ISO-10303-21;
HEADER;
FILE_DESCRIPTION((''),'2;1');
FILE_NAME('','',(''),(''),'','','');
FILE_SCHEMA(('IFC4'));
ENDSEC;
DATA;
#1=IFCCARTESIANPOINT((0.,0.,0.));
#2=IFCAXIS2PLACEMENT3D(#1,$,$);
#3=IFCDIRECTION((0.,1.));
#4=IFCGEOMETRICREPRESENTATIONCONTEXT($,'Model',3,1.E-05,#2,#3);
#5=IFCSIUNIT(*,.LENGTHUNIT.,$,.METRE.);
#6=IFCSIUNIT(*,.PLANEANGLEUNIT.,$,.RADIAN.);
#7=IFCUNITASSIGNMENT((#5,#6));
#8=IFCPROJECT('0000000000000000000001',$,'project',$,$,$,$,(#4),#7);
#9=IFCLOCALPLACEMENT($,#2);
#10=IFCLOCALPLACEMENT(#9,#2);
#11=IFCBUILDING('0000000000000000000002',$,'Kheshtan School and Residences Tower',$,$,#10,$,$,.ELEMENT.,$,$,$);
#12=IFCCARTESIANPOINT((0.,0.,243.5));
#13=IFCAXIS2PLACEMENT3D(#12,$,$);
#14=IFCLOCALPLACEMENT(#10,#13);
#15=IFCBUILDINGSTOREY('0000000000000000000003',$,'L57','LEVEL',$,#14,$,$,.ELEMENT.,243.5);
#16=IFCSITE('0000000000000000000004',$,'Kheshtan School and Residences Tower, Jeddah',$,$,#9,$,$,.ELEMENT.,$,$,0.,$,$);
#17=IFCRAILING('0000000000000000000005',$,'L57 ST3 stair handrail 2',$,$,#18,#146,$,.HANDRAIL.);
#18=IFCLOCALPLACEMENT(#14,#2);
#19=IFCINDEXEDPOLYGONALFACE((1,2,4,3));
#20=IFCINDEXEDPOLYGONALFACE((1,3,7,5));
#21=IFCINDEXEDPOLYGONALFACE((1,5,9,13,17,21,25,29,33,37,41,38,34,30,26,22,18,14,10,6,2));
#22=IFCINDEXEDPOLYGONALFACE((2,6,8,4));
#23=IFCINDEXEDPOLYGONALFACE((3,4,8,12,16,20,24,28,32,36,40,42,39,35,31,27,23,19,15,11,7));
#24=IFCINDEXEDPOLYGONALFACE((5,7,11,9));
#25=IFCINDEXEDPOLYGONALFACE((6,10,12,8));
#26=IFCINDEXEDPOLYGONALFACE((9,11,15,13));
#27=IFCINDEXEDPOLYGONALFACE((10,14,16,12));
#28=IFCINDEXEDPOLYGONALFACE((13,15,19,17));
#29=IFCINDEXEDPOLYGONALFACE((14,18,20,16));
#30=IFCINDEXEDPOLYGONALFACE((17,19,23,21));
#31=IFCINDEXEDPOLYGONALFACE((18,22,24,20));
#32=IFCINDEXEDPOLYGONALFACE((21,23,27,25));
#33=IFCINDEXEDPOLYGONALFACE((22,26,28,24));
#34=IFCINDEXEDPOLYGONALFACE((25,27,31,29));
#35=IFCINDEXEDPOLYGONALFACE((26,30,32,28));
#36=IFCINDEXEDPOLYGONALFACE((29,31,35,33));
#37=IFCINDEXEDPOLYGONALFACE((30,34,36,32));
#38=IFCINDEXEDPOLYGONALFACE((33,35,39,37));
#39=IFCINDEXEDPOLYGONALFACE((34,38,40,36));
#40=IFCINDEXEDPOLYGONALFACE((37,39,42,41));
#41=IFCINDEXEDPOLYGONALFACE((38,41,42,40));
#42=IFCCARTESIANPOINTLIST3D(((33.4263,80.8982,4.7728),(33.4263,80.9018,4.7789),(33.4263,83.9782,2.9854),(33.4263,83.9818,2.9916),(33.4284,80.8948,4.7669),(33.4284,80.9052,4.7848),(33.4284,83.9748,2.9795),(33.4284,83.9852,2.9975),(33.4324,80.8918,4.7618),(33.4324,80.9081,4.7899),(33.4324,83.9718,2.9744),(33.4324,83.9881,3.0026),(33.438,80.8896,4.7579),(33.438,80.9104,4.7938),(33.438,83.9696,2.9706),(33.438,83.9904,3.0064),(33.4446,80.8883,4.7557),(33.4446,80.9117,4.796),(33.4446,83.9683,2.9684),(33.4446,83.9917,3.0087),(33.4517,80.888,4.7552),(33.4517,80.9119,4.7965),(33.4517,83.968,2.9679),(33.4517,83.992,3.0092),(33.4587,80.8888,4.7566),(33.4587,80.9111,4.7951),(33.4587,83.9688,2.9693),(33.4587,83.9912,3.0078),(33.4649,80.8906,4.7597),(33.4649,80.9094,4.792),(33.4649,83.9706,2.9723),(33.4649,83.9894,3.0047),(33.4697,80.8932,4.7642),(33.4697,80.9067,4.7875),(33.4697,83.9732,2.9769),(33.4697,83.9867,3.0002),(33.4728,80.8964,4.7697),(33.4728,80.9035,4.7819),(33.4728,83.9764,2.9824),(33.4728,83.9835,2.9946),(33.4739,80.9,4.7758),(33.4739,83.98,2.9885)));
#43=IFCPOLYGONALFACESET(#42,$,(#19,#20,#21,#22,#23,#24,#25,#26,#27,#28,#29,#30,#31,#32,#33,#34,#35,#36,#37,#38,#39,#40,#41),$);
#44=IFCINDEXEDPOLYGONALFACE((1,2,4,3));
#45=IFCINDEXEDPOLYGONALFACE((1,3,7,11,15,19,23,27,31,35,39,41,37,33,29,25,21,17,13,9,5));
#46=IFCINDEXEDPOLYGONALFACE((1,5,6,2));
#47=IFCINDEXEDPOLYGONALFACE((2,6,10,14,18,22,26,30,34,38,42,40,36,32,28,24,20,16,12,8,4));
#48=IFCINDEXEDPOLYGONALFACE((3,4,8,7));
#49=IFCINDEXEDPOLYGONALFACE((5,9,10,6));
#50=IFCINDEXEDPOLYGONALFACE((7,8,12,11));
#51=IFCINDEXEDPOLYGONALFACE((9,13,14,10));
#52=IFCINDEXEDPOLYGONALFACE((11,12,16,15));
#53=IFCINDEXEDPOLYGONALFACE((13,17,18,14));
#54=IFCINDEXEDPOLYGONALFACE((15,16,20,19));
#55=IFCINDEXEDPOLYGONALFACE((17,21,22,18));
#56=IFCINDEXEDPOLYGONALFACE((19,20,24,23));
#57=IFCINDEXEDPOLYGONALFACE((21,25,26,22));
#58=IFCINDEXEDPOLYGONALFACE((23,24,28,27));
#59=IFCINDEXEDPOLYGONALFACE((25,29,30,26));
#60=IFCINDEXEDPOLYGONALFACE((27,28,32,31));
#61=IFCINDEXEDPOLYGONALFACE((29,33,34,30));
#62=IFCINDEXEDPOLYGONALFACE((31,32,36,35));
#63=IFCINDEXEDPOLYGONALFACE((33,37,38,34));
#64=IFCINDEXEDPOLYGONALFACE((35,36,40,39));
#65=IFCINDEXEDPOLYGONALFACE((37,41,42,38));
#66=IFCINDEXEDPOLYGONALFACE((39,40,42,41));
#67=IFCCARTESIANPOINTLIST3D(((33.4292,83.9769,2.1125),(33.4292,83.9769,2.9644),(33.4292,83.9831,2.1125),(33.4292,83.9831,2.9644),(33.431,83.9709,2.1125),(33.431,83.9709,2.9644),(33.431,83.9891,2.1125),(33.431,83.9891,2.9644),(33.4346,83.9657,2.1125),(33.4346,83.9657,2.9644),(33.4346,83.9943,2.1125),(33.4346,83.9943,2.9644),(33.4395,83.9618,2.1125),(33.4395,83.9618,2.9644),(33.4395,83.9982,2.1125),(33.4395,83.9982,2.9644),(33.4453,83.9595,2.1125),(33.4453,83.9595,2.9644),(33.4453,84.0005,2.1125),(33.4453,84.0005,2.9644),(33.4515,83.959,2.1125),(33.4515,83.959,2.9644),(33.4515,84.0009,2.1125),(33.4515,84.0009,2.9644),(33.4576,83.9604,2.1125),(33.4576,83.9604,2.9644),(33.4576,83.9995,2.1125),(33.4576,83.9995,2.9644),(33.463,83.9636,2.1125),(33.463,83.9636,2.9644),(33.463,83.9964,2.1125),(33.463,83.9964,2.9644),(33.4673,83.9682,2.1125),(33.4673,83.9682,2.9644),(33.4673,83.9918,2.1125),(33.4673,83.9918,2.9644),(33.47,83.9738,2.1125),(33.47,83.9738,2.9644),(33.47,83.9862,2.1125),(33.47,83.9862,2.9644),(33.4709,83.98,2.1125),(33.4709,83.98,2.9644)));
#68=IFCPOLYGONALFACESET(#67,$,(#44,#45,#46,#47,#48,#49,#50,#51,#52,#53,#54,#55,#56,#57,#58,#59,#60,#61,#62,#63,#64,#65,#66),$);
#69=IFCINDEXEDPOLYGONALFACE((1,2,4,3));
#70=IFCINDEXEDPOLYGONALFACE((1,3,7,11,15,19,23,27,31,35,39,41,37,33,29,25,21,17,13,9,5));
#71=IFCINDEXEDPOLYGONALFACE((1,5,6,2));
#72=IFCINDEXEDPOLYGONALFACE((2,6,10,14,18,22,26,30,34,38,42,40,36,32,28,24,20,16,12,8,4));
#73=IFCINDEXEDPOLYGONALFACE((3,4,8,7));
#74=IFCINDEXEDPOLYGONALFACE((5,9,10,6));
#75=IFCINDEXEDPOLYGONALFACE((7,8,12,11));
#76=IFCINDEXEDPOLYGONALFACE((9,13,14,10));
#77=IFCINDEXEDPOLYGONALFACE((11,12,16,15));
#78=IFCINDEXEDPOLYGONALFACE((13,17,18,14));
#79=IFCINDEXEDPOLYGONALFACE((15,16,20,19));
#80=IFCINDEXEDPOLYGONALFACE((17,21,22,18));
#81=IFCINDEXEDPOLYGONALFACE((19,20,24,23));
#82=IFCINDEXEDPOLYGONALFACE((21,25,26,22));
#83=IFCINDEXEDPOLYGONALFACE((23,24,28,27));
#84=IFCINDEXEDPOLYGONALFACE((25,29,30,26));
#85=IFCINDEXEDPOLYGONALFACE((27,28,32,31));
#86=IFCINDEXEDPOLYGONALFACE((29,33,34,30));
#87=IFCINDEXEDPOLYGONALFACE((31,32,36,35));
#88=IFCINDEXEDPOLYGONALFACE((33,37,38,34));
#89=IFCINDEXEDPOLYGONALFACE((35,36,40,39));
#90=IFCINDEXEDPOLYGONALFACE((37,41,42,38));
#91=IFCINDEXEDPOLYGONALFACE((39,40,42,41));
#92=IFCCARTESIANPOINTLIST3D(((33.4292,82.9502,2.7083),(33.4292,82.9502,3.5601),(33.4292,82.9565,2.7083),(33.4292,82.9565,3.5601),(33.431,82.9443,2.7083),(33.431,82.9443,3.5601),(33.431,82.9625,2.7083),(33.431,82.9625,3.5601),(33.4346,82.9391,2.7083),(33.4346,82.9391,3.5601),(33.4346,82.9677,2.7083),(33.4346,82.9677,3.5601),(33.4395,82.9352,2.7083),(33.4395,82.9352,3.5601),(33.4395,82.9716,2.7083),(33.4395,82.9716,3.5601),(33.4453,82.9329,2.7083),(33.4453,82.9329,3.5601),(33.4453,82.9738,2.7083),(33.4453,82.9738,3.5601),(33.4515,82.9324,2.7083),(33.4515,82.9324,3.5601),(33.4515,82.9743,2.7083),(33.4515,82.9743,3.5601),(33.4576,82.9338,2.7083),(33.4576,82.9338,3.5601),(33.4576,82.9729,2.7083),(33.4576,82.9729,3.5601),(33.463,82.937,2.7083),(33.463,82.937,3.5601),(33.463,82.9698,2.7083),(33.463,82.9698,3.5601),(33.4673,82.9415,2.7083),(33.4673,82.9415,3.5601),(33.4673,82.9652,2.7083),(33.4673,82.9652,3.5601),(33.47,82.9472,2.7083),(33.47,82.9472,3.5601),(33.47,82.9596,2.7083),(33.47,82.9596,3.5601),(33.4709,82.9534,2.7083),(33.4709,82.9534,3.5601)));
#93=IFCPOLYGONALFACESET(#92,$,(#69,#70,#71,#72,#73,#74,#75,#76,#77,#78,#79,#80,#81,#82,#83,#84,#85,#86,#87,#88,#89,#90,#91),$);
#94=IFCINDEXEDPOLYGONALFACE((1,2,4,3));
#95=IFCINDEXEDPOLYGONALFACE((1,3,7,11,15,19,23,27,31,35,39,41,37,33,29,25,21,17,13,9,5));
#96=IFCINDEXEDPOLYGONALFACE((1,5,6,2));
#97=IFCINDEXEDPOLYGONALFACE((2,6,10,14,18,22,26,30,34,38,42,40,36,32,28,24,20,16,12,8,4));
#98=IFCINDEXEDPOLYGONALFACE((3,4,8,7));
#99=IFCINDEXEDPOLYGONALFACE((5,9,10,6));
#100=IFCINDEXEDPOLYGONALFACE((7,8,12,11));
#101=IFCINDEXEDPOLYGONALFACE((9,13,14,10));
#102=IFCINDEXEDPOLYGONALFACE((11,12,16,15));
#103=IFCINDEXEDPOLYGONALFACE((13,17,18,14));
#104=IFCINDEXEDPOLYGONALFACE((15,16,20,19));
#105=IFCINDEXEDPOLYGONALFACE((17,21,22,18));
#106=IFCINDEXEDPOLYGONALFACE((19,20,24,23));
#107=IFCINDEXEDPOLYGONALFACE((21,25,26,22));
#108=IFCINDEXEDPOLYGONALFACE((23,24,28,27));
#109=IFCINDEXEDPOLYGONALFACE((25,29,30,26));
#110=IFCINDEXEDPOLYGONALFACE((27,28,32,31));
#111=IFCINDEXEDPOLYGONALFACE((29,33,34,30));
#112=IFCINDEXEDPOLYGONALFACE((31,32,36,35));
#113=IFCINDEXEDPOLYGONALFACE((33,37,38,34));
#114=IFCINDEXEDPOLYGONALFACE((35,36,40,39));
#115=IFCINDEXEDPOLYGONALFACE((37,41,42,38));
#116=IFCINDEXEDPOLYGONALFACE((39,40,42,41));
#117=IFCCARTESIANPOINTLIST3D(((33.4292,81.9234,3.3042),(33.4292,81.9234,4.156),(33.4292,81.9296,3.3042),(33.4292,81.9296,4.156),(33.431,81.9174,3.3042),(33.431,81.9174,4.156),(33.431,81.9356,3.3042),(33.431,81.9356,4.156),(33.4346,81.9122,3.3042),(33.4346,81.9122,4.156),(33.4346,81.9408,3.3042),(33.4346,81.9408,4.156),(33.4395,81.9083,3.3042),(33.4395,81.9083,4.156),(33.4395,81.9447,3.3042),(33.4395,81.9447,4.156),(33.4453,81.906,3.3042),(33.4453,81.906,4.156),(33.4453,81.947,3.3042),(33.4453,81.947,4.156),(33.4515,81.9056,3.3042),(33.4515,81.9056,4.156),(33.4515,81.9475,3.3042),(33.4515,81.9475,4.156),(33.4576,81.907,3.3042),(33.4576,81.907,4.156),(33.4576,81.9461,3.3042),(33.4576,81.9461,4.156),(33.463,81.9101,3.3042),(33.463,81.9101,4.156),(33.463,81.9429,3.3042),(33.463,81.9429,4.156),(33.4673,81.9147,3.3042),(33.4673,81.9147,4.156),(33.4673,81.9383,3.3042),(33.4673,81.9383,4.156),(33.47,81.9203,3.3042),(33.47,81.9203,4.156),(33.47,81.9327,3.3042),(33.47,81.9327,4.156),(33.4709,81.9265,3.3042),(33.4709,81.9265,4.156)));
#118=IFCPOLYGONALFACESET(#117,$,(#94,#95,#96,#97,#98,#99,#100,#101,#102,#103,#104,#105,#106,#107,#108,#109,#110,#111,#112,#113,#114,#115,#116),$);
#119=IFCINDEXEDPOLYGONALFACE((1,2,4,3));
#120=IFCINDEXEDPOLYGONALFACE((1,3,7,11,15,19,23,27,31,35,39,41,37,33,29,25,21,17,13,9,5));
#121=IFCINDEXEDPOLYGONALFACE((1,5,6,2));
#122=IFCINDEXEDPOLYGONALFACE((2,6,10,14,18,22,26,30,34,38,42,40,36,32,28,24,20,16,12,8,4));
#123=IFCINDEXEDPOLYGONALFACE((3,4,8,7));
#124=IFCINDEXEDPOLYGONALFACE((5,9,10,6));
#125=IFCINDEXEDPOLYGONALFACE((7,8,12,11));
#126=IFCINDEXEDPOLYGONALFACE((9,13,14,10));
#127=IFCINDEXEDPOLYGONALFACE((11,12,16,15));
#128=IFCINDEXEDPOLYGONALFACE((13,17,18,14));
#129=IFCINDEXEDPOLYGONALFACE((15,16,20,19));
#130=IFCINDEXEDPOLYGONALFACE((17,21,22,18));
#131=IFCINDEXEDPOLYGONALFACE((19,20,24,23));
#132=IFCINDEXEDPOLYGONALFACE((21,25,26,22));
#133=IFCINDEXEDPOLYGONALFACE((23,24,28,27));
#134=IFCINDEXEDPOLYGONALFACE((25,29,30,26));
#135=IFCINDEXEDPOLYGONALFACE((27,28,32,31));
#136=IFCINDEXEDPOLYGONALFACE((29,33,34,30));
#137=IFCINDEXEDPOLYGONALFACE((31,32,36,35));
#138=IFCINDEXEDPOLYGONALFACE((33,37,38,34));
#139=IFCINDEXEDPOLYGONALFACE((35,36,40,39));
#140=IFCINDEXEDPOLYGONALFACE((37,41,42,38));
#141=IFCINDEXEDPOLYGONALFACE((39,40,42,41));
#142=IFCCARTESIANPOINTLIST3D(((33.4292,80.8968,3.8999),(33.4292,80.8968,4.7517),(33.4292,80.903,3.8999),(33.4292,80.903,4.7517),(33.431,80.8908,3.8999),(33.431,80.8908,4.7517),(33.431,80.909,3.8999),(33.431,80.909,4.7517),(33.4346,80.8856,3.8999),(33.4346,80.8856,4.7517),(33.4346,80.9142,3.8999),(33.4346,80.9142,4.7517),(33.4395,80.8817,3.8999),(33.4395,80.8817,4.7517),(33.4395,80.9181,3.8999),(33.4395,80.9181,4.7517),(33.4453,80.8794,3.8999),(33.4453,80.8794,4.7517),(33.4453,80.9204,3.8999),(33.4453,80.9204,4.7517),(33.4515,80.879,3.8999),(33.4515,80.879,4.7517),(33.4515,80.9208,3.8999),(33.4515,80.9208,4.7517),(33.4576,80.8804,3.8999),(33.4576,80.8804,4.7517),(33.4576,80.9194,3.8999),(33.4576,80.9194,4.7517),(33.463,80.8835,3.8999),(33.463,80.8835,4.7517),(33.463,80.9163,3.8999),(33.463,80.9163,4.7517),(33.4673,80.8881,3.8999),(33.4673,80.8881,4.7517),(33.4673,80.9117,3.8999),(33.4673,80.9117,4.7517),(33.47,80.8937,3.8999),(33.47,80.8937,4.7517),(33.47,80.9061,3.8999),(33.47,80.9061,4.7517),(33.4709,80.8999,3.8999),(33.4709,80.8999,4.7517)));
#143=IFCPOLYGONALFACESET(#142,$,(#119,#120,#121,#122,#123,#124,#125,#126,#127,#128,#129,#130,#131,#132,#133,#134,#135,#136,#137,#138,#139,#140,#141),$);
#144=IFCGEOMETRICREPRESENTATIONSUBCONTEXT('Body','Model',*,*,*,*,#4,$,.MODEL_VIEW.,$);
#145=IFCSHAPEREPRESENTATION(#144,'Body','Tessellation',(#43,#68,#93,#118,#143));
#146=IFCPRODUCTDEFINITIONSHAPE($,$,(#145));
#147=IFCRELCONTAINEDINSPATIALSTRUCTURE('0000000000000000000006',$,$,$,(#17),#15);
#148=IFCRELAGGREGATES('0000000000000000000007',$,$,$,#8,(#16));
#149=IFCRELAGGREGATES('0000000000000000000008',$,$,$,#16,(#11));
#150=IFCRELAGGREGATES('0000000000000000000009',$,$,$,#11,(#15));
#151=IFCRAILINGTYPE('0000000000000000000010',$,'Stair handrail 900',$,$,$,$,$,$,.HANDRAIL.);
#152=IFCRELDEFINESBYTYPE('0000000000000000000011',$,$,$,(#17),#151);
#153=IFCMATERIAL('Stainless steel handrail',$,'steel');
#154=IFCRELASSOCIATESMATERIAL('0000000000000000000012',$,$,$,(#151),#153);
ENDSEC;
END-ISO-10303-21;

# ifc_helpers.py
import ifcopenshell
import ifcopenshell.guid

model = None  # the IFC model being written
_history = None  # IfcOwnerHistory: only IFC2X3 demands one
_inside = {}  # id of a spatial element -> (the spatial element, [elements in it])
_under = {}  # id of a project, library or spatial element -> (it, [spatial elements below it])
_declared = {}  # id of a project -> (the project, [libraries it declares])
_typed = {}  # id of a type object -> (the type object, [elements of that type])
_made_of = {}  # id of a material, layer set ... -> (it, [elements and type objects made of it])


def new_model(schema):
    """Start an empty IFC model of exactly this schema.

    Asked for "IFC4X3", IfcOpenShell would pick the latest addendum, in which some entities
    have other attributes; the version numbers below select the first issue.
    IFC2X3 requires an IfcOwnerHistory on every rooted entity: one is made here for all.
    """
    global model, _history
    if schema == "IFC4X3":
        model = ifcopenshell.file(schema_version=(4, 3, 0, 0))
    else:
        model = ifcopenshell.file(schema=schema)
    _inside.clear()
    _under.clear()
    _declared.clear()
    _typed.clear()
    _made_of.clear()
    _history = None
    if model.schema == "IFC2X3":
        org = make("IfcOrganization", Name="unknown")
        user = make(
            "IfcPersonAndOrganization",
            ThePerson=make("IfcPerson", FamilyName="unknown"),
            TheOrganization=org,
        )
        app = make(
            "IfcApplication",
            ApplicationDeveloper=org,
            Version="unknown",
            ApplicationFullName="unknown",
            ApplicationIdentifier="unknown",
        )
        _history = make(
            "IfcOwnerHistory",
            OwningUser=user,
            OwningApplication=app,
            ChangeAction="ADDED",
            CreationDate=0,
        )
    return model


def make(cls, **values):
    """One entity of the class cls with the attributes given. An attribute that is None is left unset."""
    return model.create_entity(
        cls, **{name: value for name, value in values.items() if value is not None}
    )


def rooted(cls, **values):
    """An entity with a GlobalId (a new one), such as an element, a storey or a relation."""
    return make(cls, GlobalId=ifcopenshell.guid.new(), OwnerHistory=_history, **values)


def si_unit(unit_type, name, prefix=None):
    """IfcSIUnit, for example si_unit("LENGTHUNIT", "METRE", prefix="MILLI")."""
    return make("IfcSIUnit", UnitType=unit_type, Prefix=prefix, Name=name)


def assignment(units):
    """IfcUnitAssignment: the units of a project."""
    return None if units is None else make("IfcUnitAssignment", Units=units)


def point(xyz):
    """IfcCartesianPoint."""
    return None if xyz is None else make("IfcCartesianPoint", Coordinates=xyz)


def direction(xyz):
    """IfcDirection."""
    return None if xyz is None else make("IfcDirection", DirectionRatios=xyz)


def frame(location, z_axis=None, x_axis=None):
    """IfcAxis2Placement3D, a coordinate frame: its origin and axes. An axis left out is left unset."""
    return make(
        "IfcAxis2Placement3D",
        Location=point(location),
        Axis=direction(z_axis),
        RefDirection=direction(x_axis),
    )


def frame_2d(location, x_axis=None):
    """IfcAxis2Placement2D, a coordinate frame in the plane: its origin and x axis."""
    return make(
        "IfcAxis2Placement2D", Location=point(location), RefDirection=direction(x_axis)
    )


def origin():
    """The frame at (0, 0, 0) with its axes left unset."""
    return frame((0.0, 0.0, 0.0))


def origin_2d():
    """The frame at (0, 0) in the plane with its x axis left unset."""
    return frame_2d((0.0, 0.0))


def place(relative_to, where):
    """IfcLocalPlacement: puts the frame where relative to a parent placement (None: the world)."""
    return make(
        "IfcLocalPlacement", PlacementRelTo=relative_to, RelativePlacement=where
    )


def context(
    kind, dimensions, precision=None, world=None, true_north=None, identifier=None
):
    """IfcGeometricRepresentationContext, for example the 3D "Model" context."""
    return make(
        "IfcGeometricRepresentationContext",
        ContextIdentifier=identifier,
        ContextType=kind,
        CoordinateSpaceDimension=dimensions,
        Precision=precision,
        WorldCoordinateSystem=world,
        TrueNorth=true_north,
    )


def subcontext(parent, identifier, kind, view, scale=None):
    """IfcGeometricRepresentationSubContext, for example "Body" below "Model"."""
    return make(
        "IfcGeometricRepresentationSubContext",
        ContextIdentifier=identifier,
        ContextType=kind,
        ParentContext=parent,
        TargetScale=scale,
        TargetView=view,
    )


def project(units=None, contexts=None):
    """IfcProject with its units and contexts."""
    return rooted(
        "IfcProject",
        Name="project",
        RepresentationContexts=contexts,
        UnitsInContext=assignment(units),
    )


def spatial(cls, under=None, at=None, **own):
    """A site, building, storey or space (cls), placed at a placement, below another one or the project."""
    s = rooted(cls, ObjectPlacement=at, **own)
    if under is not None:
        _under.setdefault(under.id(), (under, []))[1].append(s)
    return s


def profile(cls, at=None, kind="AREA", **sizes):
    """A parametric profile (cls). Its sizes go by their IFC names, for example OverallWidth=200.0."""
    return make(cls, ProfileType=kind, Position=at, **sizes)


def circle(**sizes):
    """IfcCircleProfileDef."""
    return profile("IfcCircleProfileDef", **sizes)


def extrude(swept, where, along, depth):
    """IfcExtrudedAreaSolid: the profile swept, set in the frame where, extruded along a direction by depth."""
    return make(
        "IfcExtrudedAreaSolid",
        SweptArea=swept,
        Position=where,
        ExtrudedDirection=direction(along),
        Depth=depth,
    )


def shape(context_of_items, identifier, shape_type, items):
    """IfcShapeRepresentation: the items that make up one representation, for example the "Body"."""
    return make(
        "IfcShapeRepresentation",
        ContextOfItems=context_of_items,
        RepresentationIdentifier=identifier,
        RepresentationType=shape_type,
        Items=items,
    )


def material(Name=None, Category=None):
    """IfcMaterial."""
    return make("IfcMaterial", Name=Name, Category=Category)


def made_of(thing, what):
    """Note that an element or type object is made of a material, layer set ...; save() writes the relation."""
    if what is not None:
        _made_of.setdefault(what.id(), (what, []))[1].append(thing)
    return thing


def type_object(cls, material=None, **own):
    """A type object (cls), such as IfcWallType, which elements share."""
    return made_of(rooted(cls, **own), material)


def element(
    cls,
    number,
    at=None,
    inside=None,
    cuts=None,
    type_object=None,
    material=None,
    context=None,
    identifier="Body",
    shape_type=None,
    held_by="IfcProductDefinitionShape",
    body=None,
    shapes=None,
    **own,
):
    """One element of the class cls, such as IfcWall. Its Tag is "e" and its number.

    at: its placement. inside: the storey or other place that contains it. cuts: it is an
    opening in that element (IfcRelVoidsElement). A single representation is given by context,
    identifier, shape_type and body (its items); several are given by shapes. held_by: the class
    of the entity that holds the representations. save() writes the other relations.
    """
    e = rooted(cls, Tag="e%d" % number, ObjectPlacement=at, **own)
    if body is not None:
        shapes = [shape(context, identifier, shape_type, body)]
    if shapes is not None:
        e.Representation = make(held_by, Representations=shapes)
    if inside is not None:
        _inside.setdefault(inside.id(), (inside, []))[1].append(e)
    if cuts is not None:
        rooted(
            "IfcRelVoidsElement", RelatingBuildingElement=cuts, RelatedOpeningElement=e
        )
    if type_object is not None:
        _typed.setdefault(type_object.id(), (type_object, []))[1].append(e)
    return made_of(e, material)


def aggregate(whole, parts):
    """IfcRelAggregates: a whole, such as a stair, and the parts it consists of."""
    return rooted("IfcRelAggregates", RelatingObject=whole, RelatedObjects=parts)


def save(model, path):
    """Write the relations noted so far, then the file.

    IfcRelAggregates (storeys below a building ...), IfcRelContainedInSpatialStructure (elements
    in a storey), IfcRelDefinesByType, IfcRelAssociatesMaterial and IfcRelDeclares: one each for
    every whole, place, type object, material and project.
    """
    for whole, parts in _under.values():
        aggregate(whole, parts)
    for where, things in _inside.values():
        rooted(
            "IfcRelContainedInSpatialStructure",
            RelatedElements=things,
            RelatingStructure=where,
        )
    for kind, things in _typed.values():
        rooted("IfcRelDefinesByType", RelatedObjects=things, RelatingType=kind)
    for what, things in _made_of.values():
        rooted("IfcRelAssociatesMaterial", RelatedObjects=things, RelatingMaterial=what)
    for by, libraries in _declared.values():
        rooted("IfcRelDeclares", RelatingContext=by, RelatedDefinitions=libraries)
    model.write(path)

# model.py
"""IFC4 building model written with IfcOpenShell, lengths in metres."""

from ifc_helpers import new_model, si_unit, direction, frame, origin, origin_2d, place, context, subcontext, project, spatial, circle, extrude, material, type_object, element, save


model = new_model("IFC4")

# Units and contexts
model_context = context("Model", 3, precision=1e-05, world=origin(), true_north=direction((0.0, 1.0)))
body_context = subcontext(model_context, "Body", "Model", "MODEL_VIEW")
ifc_project = project(units=[si_unit("LENGTHUNIT", "METRE"), si_unit("PLANEANGLEUNIT", "RADIAN")], contexts=[model_context])

# Site, building, storey
site_placement = place(None, origin())
site = spatial("IfcSite", under=ifc_project, at=site_placement, Name="Kheshtan School and Residences Tower, Jeddah", CompositionType="ELEMENT", RefElevation=0.0)
building_placement = place(site_placement, origin())
building = spatial("IfcBuilding", under=site, at=building_placement, Name="Kheshtan School and Residences Tower", CompositionType="ELEMENT")
storey_placement = place(building_placement, frame((0.0, 0.0, 243.5)))
storey = spatial("IfcBuildingStorey", under=building, at=storey_placement, Name="L57", Description="LEVEL", CompositionType="ELEMENT", Elevation=243.5)

# Railing
ifc_material_1 = material(Name="Stainless steel handrail", Category="steel")
railing_type_1 = type_object("IfcRailingType", Name="Stair handrail 900", PredefinedType="HANDRAIL", material=ifc_material_1)
railing_1_placement = place(storey_placement, frame((33.45, 83.98, 2.1125)))
element("IfcRailing", 1, at=railing_1_placement, inside=storey, type_object=railing_type_1, Name="L57 ST3 stair handrail 2", PredefinedType="HANDRAIL", context=body_context, shape_type="SweptSolid", body=[
    extrude(circle(Radius=0.0239, at=origin_2d()), frame((0.0, 0.0, 0.876), z_axis=(0.0, -0.86492, 0.501909), x_axis=(1.0, 0.0, 0.0)), (0.0, 0.0, 1.0), 3.561),
    extrude(circle(Radius=0.021, at=origin_2d()), origin(), (0.0, 0.0, 1.0), 0.8518),
    extrude(circle(Radius=0.021, at=origin_2d()), frame((0.0, -1.0266, 0.5957)), (0.0, 0.0, 1.0), 0.8518),
    extrude(circle(Radius=0.021, at=origin_2d()), frame((0.0, -2.0535, 1.1917)), (0.0, 0.0, 1.0), 0.8518),
    extrude(circle(Radius=0.021, at=origin_2d()), frame((0.0, -3.0801, 1.7874)), (0.0, 0.0, 1.0), 0.8518),
])

save(model, "model.ifc")
